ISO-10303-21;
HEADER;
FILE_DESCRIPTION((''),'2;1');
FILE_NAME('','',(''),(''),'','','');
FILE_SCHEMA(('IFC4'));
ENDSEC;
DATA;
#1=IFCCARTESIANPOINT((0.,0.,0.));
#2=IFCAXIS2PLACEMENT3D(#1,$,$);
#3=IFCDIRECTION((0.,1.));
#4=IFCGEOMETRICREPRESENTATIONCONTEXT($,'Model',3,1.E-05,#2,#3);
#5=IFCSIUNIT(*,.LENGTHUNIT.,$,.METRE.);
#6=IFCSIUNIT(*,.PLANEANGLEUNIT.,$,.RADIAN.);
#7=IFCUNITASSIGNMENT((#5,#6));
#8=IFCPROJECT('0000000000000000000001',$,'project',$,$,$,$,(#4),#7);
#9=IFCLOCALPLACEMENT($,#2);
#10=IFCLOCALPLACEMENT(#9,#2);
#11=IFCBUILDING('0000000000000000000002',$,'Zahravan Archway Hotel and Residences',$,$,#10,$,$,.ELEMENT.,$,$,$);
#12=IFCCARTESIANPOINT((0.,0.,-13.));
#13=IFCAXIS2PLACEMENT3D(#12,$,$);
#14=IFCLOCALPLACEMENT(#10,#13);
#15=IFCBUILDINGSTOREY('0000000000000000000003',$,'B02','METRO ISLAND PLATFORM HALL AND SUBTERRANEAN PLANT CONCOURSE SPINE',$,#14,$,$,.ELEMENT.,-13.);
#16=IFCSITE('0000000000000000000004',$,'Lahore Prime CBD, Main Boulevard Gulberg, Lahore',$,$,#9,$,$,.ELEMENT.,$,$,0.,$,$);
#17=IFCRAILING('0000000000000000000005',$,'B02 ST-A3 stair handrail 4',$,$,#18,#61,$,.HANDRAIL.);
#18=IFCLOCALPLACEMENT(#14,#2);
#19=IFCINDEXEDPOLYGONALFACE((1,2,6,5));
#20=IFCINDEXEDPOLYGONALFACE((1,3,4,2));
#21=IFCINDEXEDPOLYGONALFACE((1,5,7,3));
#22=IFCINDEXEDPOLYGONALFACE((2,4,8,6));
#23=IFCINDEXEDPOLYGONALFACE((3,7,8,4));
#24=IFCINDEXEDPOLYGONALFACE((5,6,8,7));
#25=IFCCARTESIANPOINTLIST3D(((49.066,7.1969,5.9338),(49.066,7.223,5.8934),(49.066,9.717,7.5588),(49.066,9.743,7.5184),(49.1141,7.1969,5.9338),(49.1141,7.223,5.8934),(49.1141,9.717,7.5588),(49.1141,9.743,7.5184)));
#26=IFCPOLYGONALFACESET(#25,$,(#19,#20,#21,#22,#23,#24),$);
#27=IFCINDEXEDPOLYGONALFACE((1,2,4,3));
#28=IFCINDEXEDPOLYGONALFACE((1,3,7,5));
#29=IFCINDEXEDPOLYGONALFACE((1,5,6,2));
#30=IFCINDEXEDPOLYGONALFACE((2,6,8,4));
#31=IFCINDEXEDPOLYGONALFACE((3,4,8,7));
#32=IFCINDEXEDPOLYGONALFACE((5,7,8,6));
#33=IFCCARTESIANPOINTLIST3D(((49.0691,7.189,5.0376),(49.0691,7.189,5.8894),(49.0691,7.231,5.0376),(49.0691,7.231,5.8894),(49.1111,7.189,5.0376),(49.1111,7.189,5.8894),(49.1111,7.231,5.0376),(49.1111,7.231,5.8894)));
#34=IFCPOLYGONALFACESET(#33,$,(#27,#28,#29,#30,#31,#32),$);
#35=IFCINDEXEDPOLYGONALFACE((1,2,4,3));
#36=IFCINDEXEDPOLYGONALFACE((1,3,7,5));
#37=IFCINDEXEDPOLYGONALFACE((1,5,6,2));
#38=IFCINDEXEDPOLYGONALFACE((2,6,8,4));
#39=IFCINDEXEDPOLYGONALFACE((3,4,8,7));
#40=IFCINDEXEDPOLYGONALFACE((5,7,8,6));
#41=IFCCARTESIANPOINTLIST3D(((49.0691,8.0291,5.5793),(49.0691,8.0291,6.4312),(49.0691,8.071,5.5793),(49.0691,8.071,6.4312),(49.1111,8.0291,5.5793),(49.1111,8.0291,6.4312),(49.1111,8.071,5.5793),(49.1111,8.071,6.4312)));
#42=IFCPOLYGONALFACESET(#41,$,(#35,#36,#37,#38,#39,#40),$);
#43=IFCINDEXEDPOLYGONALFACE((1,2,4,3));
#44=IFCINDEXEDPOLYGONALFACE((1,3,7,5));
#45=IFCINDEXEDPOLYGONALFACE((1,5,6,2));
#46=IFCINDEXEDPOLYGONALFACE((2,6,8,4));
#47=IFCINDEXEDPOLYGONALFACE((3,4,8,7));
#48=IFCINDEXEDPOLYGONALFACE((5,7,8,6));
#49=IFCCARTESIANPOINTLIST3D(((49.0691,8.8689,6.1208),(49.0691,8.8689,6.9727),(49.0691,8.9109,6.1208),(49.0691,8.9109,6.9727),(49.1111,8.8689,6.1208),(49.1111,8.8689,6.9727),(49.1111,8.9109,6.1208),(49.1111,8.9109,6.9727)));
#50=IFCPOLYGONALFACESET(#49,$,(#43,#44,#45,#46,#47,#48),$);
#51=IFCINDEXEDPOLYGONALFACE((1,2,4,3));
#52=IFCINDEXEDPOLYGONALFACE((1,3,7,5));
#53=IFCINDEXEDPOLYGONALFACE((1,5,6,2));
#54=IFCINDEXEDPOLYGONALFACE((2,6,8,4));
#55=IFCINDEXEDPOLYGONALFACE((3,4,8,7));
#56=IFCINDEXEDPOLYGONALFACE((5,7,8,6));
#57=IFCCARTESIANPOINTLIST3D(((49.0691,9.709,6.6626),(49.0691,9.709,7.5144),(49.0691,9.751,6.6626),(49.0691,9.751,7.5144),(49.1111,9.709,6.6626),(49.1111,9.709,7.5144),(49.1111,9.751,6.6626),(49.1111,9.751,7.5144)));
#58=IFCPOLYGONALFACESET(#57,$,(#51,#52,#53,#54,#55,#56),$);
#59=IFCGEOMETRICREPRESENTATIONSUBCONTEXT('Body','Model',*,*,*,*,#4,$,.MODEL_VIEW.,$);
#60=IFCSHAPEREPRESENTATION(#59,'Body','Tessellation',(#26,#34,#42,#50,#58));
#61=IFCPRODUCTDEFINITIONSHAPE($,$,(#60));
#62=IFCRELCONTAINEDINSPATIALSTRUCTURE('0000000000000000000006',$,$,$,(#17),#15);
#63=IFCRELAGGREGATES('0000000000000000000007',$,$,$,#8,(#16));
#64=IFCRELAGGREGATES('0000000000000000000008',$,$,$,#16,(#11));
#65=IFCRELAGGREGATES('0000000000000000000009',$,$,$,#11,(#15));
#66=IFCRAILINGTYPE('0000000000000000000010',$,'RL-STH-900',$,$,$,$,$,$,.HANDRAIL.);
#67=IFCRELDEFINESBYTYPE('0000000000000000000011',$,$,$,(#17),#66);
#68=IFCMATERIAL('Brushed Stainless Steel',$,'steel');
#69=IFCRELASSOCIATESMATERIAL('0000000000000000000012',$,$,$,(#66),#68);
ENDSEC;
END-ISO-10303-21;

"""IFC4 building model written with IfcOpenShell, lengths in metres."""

from ifc_helpers import new_model, si_unit, direction, frame, origin, origin_2d, place, context, subcontext, project, spatial, rectangle, extrude, material, type_object, element, save


model = new_model("IFC4")

# Units and contexts
model_context = context("Model", 3, precision=1e-05, world=origin(), true_north=direction((0.0, 1.0)))
body_context = subcontext(model_context, "Body", "Model", "MODEL_VIEW")
ifc_project = project(units=[si_unit("LENGTHUNIT", "METRE"), si_unit("PLANEANGLEUNIT", "RADIAN")], contexts=[model_context])

# Site, building, storey
site_placement = place(None, origin())
site = spatial("IfcSite", under=ifc_project, at=site_placement, Name="Lahore Prime CBD, Main Boulevard Gulberg, Lahore", CompositionType="ELEMENT", RefElevation=0.0)
building_placement = place(site_placement, origin())
building = spatial("IfcBuilding", under=site, at=building_placement, Name="Zahravan Archway Hotel and Residences", CompositionType="ELEMENT")
storey_placement = place(building_placement, frame((0.0, 0.0, -13.0)))
storey = spatial("IfcBuildingStorey", under=building, at=storey_placement, Name="B02", Description="METRO ISLAND PLATFORM HALL AND SUBTERRANEAN PLANT CONCOURSE SPINE", CompositionType="ELEMENT", Elevation=-13.0)

# Railing
ifc_material_1 = material(Name="Brushed Stainless Steel", Category="steel")
railing_type_1 = type_object("IfcRailingType", Name="RL-STH-900", PredefinedType="HANDRAIL", material=ifc_material_1)
railing_1_placement = place(storey_placement, frame((49.0901, 7.21, 5.0376)))
element("IfcRailing", 1, at=railing_1_placement, inside=storey, type_object=railing_type_1, Name="B02 ST-A3 stair handrail 4", PredefinedType="HANDRAIL", context=body_context, shape_type="SweptSolid", body=[
    extrude(rectangle(XDim=0.0481, YDim=0.0481, at=origin_2d()), frame((0.0, 0.0, 0.876), z_axis=(0.0, 0.840421, 0.541934), x_axis=(-1.0, 0.0, 0.0)), (0.0, 0.0, 1.0), 2.9985),
    extrude(rectangle(XDim=0.042, YDim=0.042, at=origin_2d()), origin(), (0.0, 0.0, 1.0), 0.8518),
    extrude(rectangle(XDim=0.042, YDim=0.042, at=origin_2d()), frame((0.0, 0.8401, 0.5417)), (0.0, 0.0, 1.0), 0.8518),
    extrude(rectangle(XDim=0.042, YDim=0.042, at=origin_2d()), frame((0.0, 1.6799, 1.0833)), (0.0, 0.0, 1.0), 0.8518),
    extrude(rectangle(XDim=0.042, YDim=0.042, at=origin_2d()), frame((0.0, 2.52, 1.625)), (0.0, 0.0, 1.0), 0.8518),
])

save(model, "model.ifc")
